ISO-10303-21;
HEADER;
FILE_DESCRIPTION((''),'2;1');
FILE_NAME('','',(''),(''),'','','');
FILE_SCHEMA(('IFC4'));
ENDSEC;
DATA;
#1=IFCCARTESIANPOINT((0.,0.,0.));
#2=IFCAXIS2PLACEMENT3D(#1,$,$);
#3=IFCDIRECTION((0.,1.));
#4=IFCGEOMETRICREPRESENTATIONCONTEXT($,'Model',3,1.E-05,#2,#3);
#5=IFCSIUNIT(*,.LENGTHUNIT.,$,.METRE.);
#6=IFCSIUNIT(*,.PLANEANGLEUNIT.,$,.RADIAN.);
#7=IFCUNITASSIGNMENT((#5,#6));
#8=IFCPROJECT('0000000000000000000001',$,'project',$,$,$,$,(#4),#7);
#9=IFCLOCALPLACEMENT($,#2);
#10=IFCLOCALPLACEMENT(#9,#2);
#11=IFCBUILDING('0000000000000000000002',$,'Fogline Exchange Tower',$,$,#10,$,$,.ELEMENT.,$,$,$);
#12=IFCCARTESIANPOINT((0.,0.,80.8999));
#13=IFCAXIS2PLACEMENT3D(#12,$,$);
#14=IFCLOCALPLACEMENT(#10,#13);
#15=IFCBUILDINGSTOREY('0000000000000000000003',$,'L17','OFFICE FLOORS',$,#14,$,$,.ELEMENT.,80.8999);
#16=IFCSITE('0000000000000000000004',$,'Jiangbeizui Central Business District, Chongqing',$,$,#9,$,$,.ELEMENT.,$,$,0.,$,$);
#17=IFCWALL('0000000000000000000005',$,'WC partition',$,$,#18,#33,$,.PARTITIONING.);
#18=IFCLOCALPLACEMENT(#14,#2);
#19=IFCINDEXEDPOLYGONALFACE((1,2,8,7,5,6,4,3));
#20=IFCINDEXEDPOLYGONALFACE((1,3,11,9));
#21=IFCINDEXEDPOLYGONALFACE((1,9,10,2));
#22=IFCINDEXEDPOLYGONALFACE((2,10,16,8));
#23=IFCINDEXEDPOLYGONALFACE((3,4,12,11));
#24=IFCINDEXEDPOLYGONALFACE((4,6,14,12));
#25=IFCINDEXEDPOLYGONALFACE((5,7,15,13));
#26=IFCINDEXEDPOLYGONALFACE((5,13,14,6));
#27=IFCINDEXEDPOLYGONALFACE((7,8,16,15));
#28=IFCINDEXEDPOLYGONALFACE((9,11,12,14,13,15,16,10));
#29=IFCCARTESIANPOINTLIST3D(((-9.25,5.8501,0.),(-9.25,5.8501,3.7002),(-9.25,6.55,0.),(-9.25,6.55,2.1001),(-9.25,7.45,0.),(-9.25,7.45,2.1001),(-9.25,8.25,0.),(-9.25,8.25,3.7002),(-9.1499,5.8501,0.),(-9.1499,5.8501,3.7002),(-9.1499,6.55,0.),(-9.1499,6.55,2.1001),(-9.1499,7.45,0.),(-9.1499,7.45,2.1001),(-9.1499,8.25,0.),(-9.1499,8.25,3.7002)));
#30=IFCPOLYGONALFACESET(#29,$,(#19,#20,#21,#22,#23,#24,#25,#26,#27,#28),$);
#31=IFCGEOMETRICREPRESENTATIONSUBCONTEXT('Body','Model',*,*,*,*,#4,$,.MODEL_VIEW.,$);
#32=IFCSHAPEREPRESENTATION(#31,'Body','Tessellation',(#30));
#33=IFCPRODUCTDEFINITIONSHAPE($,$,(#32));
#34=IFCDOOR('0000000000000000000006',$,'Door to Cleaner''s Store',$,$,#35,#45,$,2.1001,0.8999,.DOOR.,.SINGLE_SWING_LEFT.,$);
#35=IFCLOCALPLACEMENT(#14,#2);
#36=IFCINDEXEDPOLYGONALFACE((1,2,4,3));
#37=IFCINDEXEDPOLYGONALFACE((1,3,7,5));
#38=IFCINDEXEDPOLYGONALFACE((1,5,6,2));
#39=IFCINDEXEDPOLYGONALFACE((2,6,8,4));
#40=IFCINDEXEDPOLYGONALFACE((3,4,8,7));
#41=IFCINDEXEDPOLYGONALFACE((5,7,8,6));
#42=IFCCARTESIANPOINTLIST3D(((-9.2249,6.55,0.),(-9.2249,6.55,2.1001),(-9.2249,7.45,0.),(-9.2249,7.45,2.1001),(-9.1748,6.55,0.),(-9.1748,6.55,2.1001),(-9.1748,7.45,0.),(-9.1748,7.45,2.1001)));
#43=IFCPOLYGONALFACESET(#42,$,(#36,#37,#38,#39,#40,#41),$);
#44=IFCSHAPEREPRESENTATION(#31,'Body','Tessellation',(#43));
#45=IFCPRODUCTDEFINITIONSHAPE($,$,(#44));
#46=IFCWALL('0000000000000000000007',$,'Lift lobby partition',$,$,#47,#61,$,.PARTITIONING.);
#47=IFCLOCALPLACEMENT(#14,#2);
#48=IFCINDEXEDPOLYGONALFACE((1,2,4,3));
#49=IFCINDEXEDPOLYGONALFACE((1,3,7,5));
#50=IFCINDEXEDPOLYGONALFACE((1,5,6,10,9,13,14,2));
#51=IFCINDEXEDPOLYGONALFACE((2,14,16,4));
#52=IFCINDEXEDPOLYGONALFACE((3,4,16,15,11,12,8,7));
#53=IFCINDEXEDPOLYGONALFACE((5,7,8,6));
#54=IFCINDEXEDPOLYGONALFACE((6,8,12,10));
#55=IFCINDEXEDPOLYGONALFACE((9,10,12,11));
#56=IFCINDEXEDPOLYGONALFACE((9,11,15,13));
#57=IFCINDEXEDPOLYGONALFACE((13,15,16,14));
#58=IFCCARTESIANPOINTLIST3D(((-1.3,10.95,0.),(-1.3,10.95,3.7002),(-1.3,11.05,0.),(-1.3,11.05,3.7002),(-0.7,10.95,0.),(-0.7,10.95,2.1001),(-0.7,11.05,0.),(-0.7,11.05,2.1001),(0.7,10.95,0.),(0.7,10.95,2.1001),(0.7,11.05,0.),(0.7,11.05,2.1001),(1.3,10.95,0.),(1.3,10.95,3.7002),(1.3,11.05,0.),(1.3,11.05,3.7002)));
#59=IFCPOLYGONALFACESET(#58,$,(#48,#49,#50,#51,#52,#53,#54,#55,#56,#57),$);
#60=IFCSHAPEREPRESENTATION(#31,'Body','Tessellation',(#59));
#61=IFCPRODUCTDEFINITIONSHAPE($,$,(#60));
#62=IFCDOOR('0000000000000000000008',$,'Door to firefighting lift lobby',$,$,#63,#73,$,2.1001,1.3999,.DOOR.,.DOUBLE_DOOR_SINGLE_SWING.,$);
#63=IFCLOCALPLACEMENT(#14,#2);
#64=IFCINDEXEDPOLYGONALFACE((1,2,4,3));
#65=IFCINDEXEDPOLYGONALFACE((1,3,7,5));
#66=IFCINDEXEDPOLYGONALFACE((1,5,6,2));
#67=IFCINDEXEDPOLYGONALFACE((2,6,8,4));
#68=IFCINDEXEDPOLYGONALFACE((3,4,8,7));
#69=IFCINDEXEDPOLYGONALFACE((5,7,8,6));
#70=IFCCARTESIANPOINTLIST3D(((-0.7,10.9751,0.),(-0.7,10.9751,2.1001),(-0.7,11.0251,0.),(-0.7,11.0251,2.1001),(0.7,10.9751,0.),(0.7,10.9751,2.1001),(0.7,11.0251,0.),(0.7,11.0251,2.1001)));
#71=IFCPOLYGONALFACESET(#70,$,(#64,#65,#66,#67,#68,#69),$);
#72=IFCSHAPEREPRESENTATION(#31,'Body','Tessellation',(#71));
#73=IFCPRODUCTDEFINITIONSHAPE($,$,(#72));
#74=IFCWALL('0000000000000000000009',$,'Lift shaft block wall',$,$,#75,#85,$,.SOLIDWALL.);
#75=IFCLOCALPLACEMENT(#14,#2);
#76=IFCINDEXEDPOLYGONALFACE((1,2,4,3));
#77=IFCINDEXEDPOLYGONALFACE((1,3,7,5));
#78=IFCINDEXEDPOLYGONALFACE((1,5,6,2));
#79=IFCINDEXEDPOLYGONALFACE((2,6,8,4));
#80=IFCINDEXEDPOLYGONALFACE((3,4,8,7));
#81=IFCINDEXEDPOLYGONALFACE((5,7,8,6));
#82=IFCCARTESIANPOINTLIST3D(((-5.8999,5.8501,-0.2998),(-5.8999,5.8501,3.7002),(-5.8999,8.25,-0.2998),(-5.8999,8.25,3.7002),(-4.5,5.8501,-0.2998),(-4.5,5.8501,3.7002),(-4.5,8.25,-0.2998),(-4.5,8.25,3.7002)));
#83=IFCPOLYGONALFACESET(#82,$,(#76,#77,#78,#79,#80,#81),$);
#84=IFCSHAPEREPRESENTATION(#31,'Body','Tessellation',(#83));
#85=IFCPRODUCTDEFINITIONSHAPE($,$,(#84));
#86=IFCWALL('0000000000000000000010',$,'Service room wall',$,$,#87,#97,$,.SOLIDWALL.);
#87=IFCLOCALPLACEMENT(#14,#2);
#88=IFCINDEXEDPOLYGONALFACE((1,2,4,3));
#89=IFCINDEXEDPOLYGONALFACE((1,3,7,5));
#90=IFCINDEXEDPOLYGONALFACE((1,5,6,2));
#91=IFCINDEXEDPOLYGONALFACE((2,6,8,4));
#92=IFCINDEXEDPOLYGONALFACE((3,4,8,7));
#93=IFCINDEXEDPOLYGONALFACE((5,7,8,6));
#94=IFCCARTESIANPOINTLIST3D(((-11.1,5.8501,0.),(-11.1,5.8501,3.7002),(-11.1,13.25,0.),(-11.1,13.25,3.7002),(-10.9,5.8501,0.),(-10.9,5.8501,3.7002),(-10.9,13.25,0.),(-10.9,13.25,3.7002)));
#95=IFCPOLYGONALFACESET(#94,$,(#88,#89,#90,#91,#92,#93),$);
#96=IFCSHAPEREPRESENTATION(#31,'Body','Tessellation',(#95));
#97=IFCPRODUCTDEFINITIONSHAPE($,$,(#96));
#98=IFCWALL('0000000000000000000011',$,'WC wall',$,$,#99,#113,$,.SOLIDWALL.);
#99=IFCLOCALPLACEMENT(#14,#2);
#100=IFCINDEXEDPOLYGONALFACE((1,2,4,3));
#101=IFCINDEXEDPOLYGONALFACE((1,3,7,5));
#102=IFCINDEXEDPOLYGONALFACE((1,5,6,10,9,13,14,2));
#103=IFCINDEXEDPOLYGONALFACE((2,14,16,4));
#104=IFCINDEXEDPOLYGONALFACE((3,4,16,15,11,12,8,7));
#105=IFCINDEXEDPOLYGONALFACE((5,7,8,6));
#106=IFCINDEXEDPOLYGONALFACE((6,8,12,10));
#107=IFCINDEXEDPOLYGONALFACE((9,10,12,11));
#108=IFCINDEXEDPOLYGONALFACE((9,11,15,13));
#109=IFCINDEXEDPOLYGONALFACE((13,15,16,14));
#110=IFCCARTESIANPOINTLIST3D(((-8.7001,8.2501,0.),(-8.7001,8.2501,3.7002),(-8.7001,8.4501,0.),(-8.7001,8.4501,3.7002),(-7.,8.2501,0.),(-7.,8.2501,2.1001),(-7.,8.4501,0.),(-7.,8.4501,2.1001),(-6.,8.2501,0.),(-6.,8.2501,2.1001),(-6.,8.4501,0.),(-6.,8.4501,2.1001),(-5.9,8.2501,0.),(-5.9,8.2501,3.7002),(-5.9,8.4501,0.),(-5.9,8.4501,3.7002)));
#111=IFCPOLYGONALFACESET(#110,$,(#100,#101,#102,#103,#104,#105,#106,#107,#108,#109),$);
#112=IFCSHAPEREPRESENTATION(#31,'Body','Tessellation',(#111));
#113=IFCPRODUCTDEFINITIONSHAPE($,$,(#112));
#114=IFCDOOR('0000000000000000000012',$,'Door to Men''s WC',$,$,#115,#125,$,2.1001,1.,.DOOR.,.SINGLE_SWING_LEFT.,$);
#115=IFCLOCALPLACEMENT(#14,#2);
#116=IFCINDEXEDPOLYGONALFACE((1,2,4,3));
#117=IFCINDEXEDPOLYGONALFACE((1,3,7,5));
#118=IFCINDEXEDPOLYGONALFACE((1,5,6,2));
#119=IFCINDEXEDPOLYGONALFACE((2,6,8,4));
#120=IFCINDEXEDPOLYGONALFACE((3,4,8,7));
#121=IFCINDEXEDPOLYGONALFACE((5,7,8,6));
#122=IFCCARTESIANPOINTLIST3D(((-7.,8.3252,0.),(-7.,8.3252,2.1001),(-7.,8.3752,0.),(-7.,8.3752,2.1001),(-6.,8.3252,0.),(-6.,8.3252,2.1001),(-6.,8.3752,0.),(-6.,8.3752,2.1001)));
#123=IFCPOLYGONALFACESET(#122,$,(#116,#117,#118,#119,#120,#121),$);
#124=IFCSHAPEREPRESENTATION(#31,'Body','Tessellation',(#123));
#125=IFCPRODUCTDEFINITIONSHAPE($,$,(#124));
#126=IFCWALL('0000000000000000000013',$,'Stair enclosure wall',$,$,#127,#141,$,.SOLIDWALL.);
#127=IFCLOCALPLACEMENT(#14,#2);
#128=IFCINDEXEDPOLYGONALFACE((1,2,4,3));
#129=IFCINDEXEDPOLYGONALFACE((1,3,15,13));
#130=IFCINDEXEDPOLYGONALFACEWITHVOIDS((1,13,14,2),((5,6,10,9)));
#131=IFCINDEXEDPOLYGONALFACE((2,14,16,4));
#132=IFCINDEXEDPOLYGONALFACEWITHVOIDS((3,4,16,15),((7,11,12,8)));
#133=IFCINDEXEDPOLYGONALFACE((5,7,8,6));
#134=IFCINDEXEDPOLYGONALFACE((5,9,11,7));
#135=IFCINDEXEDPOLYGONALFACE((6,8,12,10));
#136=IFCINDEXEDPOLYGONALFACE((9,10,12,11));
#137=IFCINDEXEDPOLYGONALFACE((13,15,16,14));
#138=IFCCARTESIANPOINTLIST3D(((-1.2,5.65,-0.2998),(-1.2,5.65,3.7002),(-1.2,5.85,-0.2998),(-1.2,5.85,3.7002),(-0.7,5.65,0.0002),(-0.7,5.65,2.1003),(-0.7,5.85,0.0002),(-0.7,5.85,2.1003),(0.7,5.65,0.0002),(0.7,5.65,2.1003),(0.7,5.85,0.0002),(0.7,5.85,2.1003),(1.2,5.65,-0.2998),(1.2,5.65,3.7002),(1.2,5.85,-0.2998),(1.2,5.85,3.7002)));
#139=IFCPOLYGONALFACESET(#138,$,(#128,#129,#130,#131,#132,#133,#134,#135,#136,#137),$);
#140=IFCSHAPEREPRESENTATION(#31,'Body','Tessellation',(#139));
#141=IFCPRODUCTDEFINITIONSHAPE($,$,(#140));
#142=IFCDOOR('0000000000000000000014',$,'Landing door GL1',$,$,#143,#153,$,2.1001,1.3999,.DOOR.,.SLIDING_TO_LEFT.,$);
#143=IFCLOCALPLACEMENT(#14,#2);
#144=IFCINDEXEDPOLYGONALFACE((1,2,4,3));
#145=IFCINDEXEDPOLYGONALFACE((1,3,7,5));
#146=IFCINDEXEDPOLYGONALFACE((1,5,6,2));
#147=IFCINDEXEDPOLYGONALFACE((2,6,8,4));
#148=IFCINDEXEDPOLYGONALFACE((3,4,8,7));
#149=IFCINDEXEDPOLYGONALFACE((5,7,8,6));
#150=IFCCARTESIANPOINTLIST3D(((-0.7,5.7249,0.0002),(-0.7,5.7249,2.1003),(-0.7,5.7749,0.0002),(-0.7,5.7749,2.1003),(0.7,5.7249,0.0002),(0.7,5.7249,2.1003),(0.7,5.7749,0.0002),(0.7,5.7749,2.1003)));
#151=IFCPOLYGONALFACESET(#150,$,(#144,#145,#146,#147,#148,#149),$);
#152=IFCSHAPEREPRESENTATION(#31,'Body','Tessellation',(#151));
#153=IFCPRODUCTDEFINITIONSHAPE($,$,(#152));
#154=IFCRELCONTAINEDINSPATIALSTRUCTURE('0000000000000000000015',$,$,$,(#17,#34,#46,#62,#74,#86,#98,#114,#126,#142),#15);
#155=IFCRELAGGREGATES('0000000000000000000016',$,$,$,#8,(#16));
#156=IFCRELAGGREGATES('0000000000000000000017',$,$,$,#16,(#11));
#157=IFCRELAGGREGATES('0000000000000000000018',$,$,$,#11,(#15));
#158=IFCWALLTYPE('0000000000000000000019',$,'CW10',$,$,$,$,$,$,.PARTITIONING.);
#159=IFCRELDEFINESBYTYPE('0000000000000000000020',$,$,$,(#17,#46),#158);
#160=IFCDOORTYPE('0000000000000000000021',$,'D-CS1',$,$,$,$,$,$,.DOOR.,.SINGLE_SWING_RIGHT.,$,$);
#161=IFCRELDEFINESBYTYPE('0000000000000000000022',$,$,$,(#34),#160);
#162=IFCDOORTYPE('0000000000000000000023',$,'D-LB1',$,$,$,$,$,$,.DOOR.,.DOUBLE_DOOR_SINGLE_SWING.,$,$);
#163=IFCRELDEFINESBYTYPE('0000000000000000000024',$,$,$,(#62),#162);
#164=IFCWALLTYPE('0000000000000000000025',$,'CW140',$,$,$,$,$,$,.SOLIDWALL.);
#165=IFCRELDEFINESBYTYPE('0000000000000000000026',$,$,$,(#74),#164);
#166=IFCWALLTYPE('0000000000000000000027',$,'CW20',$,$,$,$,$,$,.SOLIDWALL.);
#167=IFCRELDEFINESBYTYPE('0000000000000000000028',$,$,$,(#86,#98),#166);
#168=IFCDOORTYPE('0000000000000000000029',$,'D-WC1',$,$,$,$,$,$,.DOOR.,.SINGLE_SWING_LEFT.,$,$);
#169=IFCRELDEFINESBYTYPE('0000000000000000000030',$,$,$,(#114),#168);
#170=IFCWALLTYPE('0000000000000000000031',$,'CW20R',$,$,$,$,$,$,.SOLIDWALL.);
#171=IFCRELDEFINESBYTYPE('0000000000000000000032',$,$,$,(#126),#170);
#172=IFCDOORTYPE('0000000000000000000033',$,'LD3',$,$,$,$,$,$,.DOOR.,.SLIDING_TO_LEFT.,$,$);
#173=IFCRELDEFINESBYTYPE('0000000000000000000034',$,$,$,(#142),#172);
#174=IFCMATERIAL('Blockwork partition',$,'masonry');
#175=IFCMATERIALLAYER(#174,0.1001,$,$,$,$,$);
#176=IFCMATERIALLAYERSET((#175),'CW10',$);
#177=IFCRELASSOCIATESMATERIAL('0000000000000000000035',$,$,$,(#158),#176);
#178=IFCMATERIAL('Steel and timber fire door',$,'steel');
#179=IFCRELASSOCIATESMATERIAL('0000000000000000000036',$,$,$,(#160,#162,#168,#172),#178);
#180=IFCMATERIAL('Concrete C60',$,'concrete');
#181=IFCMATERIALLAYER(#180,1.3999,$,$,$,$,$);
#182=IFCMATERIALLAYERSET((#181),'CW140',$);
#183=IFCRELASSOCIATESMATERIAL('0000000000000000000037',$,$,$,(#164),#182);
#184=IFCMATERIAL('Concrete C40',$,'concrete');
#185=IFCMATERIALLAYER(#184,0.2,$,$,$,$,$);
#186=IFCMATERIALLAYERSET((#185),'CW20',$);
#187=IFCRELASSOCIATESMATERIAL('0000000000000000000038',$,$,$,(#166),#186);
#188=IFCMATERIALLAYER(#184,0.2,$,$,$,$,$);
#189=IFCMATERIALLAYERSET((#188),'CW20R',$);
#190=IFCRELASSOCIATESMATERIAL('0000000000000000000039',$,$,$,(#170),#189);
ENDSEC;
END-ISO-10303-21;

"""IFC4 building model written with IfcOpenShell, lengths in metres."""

from ifc_helpers import new_model, si_unit, direction, frame, frame_2d, origin, place, context, subcontext, project, spatial, rectangle, extrude, material, layer, layer_set, type_object, element, fill, save


model = new_model("IFC4")

# Units and contexts
model_context = context("Model", 3, precision=1e-05, world=origin(), true_north=direction((0.0, 1.0)))
body_context = subcontext(model_context, "Body", "Model", "MODEL_VIEW")
ifc_project = project(units=[si_unit("LENGTHUNIT", "METRE"), si_unit("PLANEANGLEUNIT", "RADIAN")], contexts=[model_context])

# Site, building, storey
site_placement = place(None, origin())
site = spatial("IfcSite", under=ifc_project, at=site_placement, Name="Jiangbeizui Central Business District, Chongqing", CompositionType="ELEMENT", RefElevation=0.0)
building_placement = place(site_placement, origin())
building = spatial("IfcBuilding", under=site, at=building_placement, Name="Fogline Exchange Tower", CompositionType="ELEMENT")
storey_placement = place(building_placement, frame((0.0, 0.0, 80.8999)))
storey = spatial("IfcBuildingStorey", under=building, at=storey_placement, Name="L17", Description="OFFICE FLOORS", CompositionType="ELEMENT", Elevation=80.8999)

# Walls, openings, doors
ifc_material_1 = material(Name="Blockwork partition", Category="masonry")
ifc_layer_1 = layer(ifc_material_1, 0.1001)
ifc_layer_set_1 = layer_set([ifc_layer_1], Name="CW10")
wall_type_1 = type_object("IfcWallType", Name="CW10", PredefinedType="PARTITIONING", material=ifc_layer_set_1)
wall_1_placement = place(storey_placement, frame((-9.2, 5.8501, 0.0), z_axis=(0.0, 0.0, 1.0), x_axis=(0.0, 1.0, 0.0)))
wall_1 = element("IfcWall", 1, at=wall_1_placement, inside=storey, type_object=wall_type_1, Name="WC partition", PredefinedType="PARTITIONING", context=body_context, shape_type="SweptSolid", body=[
    extrude(rectangle(XDim=2.3999, YDim=0.1001, at=frame_2d((1.2, 0.0))), origin(), (0.0, 0.0, 1.0), 3.7002),
])
opening_1_placement = place(wall_1_placement, frame((0.7, 0.0, 0.0)))
opening_1 = element("IfcOpeningElement", 2, at=opening_1_placement, cuts=wall_1, PredefinedType="OPENING", context=body_context, shape_type="SweptSolid", body=[
    extrude(rectangle(XDim=0.8999, YDim=2.1001, at=frame_2d((0.45, 1.05))), frame((0.0, 0.0601, 0.0), z_axis=(0.0, -1.0, 0.0), x_axis=(1.0, 0.0, 0.0)), (0.0, 0.0, 1.0), 0.1201),
])
ifc_material_2 = material(Name="Steel and timber fire door", Category="steel")
door_type_1 = type_object("IfcDoorType", Name="D-CS1", OperationType="SINGLE_SWING_RIGHT", PredefinedType="DOOR", material=ifc_material_2)
door_1_placement = place(opening_1_placement, origin())
door_1 = element("IfcDoor", 3, at=door_1_placement, inside=storey, type_object=door_type_1, Name="Door to Cleaner's Store", OperationType="SINGLE_SWING_LEFT", OverallHeight=2.1001, OverallWidth=0.8999, PredefinedType="DOOR", context=body_context, shape_type="SweptSolid", body=[
    extrude(rectangle(XDim=0.8999, YDim=2.1001, at=frame_2d((0.45, 1.05))), frame((0.0, 0.0249, 0.0), z_axis=(0.0, -1.0, 0.0), x_axis=(1.0, 0.0, 0.0)), (0.0, 0.0, 1.0), 0.05),
])
fill(opening_1, door_1)
wall_2_placement = place(storey_placement, frame((-1.3, 11.0, 0.0), z_axis=(0.0, 0.0, 1.0), x_axis=(1.0, 0.0, 0.0)))
wall_2 = element("IfcWall", 4, at=wall_2_placement, inside=storey, type_object=wall_type_1, Name="Lift lobby partition", PredefinedType="PARTITIONING", context=body_context, shape_type="SweptSolid", body=[
    extrude(rectangle(XDim=2.6001, YDim=0.1001, at=frame_2d((1.3, 0.0))), origin(), (0.0, 0.0, 1.0), 3.7002),
])
opening_2_placement = place(wall_2_placement, frame((0.6001, 0.0, 0.0)))
opening_2 = element("IfcOpeningElement", 5, at=opening_2_placement, cuts=wall_2, PredefinedType="OPENING", context=body_context, shape_type="SweptSolid", body=[
    extrude(rectangle(XDim=1.3999, YDim=2.1001, at=frame_2d((0.7, 1.05))), frame((0.0, 0.0601, 0.0), z_axis=(0.0, -1.0, 0.0), x_axis=(1.0, 0.0, 0.0)), (0.0, 0.0, 1.0), 0.1201),
])
door_type_2 = type_object("IfcDoorType", Name="D-LB1", OperationType="DOUBLE_DOOR_SINGLE_SWING", PredefinedType="DOOR", material=ifc_material_2)
door_2_placement = place(opening_2_placement, frame((1.3999, 0.0, 0.0), z_axis=(0.0, 0.0, 1.0), x_axis=(-1.0, 0.0, 0.0)))
door_2 = element("IfcDoor", 6, at=door_2_placement, inside=storey, type_object=door_type_2, Name="Door to firefighting lift lobby", OperationType="DOUBLE_DOOR_SINGLE_SWING", OverallHeight=2.1001, OverallWidth=1.3999, PredefinedType="DOOR", context=body_context, shape_type="SweptSolid", body=[
    extrude(rectangle(XDim=1.3999, YDim=2.1001, at=frame_2d((0.7, 1.05))), frame((0.0, 0.0249, 0.0), z_axis=(0.0, -1.0, 0.0), x_axis=(1.0, 0.0, 0.0)), (0.0, 0.0, 1.0), 0.05),
])
fill(opening_2, door_2)

# Walls
ifc_material_3 = material(Name="Concrete C60", Category="concrete")
ifc_layer_2 = layer(ifc_material_3, 1.3999)
ifc_layer_set_2 = layer_set([ifc_layer_2], Name="CW140")
wall_type_2 = type_object("IfcWallType", Name="CW140", PredefinedType="SOLIDWALL", material=ifc_layer_set_2)
wall_3_placement = place(storey_placement, frame((-5.2, 5.8501, -0.2998), z_axis=(0.0, 0.0, 1.0), x_axis=(0.0, 1.0, 0.0)))
element("IfcWall", 7, at=wall_3_placement, inside=storey, type_object=wall_type_2, Name="Lift shaft block wall", PredefinedType="SOLIDWALL", context=body_context, shape_type="SweptSolid", body=[
    extrude(rectangle(XDim=2.3999, YDim=1.3999, at=frame_2d((1.2, 0.0))), origin(), (0.0, 0.0, 1.0), 4.0),
])
ifc_material_4 = material(Name="Concrete C40", Category="concrete")
ifc_layer_3 = layer(ifc_material_4, 0.2)
ifc_layer_set_3 = layer_set([ifc_layer_3], Name="CW20")
wall_type_3 = type_object("IfcWallType", Name="CW20", PredefinedType="SOLIDWALL", material=ifc_layer_set_3)
wall_4_placement = place(storey_placement, frame((-11.0, 5.8501, 0.0), z_axis=(0.0, 0.0, 1.0), x_axis=(0.0, 1.0, 0.0)))
element("IfcWall", 8, at=wall_4_placement, inside=storey, type_object=wall_type_3, Name="Service room wall", PredefinedType="SOLIDWALL", context=body_context, shape_type="SweptSolid", body=[
    extrude(rectangle(XDim=7.3999, YDim=0.2, at=frame_2d((3.7, 0.0))), origin(), (0.0, 0.0, 1.0), 3.7002),
])

# Walls, openings, doors
wall_5_placement = place(storey_placement, frame((-8.7, 8.3501, 0.0), z_axis=(0.0, 0.0, 1.0), x_axis=(1.0, 0.0, 0.0)))
wall_5 = element("IfcWall", 9, at=wall_5_placement, inside=storey, type_object=wall_type_3, Name="WC wall", PredefinedType="SOLIDWALL", context=body_context, shape_type="SweptSolid", body=[
    extrude(rectangle(XDim=2.8, YDim=0.2, at=frame_2d((1.3999, 0.0))), origin(), (0.0, 0.0, 1.0), 3.7002),
])
opening_3_placement = place(wall_5_placement, frame((1.7, 0.0, 0.0)))
opening_3 = element("IfcOpeningElement", 10, at=opening_3_placement, cuts=wall_5, PredefinedType="OPENING", context=body_context, shape_type="SweptSolid", body=[
    extrude(rectangle(XDim=1.0, YDim=2.1001, at=frame_2d((0.5, 1.05))), frame((0.0, 0.1099, 0.0), z_axis=(0.0, -1.0, 0.0), x_axis=(1.0, 0.0, 0.0)), (0.0, 0.0, 1.0), 0.22),
])
door_type_3 = type_object("IfcDoorType", Name="D-WC1", OperationType="SINGLE_SWING_LEFT", PredefinedType="DOOR", material=ifc_material_2)
door_3_placement = place(opening_3_placement, frame((1.0, 0.0, 0.0), z_axis=(0.0, 0.0, 1.0), x_axis=(-1.0, 0.0, 0.0)))
door_3 = element("IfcDoor", 11, at=door_3_placement, inside=storey, type_object=door_type_3, Name="Door to Men's WC", OperationType="SINGLE_SWING_LEFT", OverallHeight=2.1001, OverallWidth=1.0, PredefinedType="DOOR", context=body_context, shape_type="SweptSolid", body=[
    extrude(rectangle(XDim=1.0, YDim=2.1001, at=frame_2d((0.5, 1.05))), frame((0.0, 0.0249, 0.0), z_axis=(0.0, -1.0, 0.0), x_axis=(1.0, 0.0, 0.0)), (0.0, 0.0, 1.0), 0.05),
])
fill(opening_3, door_3)
ifc_layer_4 = layer(ifc_material_4, 0.2)
ifc_layer_set_4 = layer_set([ifc_layer_4], Name="CW20R")
wall_type_4 = type_object("IfcWallType", Name="CW20R", PredefinedType="SOLIDWALL", material=ifc_layer_set_4)
wall_6_placement = place(storey_placement, frame((-1.2, 5.75, -0.2998), z_axis=(0.0, 0.0, 1.0), x_axis=(1.0, 0.0, 0.0)))
wall_6 = element("IfcWall", 12, at=wall_6_placement, inside=storey, type_object=wall_type_4, Name="Stair enclosure wall", PredefinedType="SOLIDWALL", context=body_context, shape_type="SweptSolid", body=[
    extrude(rectangle(XDim=2.3999, YDim=0.2, at=frame_2d((1.2, 0.0))), origin(), (0.0, 0.0, 1.0), 4.0),
])
opening_4_placement = place(wall_6_placement, frame((0.5, 0.0, 0.3)))
opening_4 = element("IfcOpeningElement", 13, at=opening_4_placement, cuts=wall_6, PredefinedType="OPENING", context=body_context, shape_type="SweptSolid", body=[
    extrude(rectangle(XDim=1.3999, YDim=2.1001, at=frame_2d((0.7, 1.05))), frame((0.0, 0.1099, 0.0), z_axis=(0.0, -1.0, 0.0), x_axis=(1.0, 0.0, 0.0)), (0.0, 0.0, 1.0), 0.22),
])
door_type_4 = type_object("IfcDoorType", Name="LD3", OperationType="SLIDING_TO_LEFT", PredefinedType="DOOR", material=ifc_material_2)
door_4_placement = place(opening_4_placement, origin())
door_4 = element("IfcDoor", 14, at=door_4_placement, inside=storey, type_object=door_type_4, Name="Landing door GL1", OperationType="SLIDING_TO_LEFT", OverallHeight=2.1001, OverallWidth=1.3999, PredefinedType="DOOR", context=body_context, shape_type="SweptSolid", body=[
    extrude(rectangle(XDim=1.3999, YDim=2.1001, at=frame_2d((0.7, 1.05))), frame((0.0, 0.0249, 0.0), z_axis=(0.0, -1.0, 0.0), x_axis=(1.0, 0.0, 0.0)), (0.0, 0.0, 1.0), 0.05),
])
fill(opening_4, door_4)

save(model, "model.ifc")
